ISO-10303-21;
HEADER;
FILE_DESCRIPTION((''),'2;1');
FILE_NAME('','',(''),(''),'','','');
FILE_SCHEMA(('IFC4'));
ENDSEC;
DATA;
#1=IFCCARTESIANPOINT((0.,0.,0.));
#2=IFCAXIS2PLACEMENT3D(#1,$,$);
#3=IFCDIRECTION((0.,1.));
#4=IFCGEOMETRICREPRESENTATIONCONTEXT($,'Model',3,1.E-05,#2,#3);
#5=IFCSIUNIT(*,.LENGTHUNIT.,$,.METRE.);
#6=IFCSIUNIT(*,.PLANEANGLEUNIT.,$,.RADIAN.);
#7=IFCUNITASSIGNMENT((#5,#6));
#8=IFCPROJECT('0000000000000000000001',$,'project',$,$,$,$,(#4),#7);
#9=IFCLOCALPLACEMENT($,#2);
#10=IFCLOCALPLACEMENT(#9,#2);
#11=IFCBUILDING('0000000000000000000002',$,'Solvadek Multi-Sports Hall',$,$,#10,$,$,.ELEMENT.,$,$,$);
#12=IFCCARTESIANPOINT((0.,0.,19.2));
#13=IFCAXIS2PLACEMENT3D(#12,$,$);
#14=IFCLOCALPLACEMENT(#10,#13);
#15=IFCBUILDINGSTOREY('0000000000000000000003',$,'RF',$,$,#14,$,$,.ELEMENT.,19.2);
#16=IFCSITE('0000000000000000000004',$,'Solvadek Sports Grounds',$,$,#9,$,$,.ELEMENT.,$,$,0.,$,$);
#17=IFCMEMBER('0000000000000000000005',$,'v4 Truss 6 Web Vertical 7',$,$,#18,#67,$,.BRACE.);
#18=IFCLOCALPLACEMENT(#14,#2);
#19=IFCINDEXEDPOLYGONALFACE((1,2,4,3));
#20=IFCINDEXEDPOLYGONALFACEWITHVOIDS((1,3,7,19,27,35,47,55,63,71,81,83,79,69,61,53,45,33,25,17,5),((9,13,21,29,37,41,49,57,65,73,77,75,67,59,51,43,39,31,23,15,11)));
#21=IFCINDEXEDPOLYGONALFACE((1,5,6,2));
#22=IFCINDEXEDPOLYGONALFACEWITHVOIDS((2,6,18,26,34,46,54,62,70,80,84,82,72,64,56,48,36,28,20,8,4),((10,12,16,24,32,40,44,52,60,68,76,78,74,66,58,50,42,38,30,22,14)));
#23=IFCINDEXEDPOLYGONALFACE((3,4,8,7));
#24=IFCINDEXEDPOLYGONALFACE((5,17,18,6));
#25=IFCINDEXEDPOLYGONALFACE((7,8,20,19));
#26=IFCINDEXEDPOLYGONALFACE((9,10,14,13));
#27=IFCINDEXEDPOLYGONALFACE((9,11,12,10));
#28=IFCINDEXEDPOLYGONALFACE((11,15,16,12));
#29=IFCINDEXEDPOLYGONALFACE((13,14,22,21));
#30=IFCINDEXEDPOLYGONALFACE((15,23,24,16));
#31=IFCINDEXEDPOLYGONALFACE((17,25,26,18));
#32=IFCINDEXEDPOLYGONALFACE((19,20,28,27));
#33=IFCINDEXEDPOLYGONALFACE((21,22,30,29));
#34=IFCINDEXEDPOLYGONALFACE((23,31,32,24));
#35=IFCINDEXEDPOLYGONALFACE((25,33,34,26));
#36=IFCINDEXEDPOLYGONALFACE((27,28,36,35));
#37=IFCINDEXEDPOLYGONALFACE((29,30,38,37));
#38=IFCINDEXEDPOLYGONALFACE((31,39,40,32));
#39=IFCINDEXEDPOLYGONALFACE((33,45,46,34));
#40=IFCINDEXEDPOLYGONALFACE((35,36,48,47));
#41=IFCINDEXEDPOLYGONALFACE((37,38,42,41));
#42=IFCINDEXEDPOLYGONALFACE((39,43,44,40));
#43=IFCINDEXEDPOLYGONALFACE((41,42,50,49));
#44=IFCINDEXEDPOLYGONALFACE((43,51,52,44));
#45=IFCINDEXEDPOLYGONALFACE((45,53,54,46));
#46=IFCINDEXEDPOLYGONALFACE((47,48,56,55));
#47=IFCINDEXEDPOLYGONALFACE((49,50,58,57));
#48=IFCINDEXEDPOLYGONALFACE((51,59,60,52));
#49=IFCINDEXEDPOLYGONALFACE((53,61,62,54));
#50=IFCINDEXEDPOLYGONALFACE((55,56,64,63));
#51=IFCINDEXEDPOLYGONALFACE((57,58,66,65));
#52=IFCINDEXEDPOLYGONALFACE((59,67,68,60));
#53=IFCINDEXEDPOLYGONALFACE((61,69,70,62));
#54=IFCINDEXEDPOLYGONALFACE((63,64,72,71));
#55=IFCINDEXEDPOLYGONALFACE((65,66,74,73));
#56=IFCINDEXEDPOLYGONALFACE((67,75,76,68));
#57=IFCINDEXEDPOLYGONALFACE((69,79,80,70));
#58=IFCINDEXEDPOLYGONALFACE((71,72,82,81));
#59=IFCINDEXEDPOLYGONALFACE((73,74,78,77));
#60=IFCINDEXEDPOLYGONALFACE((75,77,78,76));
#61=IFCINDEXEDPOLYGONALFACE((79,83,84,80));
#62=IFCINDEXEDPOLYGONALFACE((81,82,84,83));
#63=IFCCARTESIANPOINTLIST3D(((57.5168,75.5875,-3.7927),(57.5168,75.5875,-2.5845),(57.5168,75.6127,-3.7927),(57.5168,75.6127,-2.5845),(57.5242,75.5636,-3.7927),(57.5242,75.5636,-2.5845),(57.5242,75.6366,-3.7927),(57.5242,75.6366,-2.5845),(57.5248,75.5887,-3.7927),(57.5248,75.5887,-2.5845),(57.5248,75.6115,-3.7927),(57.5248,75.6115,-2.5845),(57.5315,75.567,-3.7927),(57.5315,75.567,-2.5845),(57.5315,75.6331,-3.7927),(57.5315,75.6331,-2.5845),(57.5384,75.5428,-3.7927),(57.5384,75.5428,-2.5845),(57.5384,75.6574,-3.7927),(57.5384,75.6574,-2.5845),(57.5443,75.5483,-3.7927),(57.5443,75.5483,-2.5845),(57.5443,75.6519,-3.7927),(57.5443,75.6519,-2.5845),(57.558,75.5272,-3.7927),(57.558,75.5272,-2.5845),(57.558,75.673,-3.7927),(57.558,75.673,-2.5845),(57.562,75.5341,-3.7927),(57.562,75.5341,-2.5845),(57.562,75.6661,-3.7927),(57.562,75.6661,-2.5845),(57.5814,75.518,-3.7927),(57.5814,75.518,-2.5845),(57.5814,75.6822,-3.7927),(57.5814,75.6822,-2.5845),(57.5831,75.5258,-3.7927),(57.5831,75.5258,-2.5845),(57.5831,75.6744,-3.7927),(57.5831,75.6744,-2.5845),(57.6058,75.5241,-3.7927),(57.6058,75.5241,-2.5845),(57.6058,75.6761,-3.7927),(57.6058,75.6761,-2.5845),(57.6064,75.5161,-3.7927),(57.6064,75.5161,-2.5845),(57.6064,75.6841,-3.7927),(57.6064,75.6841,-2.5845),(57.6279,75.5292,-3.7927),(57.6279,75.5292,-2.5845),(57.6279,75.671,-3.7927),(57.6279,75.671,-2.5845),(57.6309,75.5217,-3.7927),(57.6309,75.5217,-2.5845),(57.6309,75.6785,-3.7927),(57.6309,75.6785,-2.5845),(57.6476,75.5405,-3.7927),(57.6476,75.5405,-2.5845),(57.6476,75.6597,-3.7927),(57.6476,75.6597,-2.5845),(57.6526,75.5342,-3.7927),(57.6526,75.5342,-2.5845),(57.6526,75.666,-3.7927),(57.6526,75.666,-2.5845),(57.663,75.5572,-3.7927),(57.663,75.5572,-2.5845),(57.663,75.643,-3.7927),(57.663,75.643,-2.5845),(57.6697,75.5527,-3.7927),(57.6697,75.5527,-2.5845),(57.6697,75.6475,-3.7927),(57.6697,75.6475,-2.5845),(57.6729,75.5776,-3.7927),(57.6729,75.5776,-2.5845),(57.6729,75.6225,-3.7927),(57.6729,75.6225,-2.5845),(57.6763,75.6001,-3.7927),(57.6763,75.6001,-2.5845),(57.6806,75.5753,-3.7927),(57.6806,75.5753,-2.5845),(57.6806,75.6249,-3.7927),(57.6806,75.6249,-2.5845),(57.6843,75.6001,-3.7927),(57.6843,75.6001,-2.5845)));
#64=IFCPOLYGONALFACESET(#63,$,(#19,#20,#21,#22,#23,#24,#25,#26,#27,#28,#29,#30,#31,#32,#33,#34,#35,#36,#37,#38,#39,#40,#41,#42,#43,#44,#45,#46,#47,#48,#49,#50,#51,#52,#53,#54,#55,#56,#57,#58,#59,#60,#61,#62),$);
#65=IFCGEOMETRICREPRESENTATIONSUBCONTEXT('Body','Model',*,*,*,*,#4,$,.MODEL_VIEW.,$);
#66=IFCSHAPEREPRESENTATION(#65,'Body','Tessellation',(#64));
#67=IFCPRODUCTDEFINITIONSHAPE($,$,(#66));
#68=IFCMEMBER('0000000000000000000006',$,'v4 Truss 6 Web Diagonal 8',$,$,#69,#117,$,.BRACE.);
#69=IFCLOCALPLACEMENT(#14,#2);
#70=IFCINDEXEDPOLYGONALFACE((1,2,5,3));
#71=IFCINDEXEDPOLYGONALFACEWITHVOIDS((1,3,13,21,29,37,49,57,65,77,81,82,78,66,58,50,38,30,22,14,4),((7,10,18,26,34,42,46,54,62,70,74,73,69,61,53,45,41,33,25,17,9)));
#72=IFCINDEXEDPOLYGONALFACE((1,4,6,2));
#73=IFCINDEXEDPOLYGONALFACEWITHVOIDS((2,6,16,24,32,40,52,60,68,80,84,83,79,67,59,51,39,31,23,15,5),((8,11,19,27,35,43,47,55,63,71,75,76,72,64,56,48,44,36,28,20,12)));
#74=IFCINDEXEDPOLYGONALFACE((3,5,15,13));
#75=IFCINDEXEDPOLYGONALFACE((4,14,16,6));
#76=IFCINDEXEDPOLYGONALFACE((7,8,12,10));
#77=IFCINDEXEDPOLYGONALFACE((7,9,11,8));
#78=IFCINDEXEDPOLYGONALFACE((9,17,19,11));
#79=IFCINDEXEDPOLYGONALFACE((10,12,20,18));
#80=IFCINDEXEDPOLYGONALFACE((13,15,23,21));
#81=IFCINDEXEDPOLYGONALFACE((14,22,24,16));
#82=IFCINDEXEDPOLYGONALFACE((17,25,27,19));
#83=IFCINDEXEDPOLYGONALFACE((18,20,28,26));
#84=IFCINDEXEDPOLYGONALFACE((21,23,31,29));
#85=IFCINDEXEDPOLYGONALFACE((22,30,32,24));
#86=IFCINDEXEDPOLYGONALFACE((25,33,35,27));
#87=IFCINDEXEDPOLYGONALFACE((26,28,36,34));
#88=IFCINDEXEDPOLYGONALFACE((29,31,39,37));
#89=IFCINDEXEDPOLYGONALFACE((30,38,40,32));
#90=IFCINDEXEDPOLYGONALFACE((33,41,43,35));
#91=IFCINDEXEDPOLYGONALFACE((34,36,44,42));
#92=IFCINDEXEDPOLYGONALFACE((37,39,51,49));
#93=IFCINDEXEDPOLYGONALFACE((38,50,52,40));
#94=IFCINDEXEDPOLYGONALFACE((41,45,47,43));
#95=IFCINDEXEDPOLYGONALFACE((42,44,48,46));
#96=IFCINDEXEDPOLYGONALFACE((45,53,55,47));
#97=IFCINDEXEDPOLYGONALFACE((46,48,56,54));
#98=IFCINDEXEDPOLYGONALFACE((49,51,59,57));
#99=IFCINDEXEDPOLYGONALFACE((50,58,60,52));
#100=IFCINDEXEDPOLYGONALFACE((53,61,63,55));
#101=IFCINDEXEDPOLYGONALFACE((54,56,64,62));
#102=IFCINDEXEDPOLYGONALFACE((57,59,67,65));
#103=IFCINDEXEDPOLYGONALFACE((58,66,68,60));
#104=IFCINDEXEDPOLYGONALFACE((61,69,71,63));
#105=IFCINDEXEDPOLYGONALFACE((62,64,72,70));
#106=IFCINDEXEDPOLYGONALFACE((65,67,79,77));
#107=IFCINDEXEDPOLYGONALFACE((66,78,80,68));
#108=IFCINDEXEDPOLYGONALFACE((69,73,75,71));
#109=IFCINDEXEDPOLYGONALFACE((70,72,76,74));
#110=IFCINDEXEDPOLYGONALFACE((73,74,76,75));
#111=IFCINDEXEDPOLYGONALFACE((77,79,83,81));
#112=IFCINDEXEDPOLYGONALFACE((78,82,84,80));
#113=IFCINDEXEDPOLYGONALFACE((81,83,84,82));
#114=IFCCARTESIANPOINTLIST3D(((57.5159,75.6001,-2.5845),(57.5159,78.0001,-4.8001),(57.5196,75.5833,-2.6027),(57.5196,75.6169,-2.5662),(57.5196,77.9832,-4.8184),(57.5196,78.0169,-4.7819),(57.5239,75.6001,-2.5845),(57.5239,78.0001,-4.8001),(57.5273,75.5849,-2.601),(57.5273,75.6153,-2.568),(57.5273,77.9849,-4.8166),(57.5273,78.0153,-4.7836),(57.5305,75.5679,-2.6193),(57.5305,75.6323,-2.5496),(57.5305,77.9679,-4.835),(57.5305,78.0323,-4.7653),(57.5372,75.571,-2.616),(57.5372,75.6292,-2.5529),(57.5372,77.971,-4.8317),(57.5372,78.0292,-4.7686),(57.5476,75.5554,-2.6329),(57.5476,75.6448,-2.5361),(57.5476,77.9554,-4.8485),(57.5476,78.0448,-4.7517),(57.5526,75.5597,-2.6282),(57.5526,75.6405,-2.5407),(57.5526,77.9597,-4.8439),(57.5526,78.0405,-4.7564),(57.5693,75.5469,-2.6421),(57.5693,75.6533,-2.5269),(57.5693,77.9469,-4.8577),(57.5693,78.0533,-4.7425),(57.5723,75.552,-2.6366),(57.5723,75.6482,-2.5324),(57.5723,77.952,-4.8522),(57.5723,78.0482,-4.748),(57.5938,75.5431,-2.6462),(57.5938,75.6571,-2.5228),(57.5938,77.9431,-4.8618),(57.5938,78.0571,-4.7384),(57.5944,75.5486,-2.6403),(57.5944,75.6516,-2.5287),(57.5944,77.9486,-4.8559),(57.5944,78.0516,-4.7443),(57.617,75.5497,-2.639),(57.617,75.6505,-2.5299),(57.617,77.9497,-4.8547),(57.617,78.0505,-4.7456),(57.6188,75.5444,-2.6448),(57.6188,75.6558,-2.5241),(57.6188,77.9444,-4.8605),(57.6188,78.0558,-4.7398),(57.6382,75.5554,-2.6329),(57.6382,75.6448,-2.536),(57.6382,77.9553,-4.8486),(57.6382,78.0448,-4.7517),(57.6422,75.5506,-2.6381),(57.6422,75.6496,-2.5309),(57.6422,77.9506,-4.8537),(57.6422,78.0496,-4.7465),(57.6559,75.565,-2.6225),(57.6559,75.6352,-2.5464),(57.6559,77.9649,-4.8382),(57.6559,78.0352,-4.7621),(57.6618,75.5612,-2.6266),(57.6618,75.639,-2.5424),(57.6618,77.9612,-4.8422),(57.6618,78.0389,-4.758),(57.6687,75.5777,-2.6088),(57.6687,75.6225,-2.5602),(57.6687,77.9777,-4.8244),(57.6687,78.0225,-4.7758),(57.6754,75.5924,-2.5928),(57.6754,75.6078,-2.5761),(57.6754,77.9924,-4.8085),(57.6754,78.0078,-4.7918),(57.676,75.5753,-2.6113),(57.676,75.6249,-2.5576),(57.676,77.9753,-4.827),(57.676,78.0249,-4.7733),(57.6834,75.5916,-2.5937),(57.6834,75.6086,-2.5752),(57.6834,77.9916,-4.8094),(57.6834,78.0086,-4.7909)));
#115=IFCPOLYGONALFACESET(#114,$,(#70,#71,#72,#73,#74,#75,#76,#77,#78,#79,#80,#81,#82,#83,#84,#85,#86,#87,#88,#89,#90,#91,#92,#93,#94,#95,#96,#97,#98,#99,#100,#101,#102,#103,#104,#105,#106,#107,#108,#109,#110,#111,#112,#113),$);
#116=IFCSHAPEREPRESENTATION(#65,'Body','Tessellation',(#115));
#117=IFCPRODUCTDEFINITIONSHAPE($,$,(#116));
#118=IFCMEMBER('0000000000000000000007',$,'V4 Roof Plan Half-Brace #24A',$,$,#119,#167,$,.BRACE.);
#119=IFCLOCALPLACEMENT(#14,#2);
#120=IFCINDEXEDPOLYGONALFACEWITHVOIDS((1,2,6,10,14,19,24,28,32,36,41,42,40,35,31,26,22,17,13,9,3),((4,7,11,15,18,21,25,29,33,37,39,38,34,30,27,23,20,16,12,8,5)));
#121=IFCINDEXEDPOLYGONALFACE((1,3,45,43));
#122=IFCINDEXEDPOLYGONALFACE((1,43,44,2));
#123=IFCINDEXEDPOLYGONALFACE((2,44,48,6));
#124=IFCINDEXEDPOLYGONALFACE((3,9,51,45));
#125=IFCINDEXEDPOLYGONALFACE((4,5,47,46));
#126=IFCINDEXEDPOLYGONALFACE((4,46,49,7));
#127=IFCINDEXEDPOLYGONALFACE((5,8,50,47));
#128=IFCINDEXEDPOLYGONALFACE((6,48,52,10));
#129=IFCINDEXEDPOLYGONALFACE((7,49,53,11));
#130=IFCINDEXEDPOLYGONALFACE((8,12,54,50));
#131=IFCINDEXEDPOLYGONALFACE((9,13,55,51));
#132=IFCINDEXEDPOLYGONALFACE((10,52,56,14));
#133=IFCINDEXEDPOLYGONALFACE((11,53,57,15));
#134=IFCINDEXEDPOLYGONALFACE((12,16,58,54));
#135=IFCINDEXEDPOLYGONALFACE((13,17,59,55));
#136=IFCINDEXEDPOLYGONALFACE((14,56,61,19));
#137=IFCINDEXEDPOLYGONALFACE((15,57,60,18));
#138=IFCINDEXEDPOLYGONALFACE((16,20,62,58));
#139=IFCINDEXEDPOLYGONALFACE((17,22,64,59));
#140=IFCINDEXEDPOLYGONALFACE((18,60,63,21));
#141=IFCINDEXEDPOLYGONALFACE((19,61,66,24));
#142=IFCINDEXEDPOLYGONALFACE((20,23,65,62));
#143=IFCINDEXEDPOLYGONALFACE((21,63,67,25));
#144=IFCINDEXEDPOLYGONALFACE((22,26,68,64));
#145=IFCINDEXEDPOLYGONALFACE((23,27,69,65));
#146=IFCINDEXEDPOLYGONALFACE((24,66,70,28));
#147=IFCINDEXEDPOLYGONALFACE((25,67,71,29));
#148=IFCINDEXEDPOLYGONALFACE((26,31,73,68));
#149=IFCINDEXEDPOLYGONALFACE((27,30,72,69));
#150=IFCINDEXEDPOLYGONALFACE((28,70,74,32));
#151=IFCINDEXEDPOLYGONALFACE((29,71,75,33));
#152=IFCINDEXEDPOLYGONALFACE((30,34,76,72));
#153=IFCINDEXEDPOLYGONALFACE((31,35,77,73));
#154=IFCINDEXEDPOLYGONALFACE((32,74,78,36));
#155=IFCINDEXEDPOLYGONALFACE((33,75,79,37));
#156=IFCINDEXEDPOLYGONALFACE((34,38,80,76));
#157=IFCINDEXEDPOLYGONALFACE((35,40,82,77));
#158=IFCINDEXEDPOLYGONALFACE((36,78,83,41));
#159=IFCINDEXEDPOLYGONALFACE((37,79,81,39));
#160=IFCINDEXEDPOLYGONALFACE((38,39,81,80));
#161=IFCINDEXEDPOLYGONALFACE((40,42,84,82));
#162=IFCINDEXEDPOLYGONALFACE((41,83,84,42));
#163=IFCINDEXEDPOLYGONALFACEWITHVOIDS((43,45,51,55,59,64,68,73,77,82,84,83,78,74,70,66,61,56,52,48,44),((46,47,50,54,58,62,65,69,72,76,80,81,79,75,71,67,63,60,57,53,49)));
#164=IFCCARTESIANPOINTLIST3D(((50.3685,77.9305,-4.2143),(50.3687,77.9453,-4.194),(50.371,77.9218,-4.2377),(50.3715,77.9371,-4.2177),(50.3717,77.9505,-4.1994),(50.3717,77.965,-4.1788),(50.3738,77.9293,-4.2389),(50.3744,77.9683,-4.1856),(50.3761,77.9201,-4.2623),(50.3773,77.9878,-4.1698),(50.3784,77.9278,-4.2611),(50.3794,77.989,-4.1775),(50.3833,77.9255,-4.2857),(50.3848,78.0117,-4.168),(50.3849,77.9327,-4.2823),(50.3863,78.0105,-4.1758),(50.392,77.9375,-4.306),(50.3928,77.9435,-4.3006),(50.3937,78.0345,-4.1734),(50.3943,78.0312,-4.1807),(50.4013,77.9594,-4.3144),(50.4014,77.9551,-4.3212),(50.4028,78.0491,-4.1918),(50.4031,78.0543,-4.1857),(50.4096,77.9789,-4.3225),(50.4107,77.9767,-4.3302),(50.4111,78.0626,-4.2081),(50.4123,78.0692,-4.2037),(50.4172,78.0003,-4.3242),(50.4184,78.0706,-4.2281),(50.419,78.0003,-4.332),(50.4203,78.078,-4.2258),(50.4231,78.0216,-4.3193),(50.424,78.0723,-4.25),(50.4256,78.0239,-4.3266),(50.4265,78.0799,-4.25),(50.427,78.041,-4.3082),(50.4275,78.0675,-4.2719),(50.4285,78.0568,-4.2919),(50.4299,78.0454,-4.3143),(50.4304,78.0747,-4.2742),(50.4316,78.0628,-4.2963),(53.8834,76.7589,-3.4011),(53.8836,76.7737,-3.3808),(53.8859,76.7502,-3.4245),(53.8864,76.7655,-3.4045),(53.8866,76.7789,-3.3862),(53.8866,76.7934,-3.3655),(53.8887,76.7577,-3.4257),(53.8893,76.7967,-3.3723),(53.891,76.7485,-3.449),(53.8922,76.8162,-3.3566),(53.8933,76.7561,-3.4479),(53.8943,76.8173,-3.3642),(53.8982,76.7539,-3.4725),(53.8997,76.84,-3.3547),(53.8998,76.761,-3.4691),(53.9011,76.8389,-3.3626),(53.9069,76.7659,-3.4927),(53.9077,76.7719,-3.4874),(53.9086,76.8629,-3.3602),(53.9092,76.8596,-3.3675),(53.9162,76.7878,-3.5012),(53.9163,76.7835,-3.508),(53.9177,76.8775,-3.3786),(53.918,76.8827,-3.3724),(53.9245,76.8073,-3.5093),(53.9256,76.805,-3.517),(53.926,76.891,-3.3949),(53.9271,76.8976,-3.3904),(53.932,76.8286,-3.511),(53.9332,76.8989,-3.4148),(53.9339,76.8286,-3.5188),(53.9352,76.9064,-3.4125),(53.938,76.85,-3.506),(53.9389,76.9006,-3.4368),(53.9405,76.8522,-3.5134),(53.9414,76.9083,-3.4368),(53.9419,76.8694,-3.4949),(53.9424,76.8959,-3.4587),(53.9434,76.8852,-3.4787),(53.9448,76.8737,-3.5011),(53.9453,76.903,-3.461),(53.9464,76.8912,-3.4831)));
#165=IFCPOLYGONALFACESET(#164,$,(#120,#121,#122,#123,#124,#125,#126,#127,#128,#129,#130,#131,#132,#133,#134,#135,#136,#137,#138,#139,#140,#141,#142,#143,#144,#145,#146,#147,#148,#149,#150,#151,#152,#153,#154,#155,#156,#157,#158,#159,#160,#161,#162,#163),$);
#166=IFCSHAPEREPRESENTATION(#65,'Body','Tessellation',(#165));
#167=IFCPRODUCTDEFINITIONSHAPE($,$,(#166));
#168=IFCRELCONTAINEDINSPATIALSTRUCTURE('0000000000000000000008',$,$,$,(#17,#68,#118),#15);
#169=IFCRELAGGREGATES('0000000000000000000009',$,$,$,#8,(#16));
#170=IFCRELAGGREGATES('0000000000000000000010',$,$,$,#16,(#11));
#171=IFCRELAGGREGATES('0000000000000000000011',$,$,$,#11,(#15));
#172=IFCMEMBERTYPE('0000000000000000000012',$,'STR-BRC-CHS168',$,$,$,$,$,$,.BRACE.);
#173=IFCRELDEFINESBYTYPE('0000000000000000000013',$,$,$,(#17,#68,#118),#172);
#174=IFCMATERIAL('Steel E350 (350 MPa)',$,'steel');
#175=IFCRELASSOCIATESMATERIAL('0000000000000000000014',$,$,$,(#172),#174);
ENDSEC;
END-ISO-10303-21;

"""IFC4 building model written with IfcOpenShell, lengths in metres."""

from ifc_helpers import new_model, si_unit, direction, frame, origin, origin_2d, place, context, subcontext, project, spatial, hollow_circle, extrude, material, material_profile, profile_set, type_object, element, save


model = new_model("IFC4")

# Units and contexts
model_context = context("Model", 3, precision=1e-05, world=origin(), true_north=direction((0.0, 1.0)))
body_context = subcontext(model_context, "Body", "Model", "MODEL_VIEW")
ifc_project = project(units=[si_unit("LENGTHUNIT", "METRE"), si_unit("PLANEANGLEUNIT", "RADIAN")], contexts=[model_context])

# Site, building, storey
site_placement = place(None, origin())
site = spatial("IfcSite", under=ifc_project, at=site_placement, Name="Solvadek Sports Grounds", CompositionType="ELEMENT", RefElevation=0.0)
building_placement = place(site_placement, origin())
building = spatial("IfcBuilding", under=site, at=building_placement, Name="Solvadek Multi-Sports Hall", CompositionType="ELEMENT")
storey_placement = place(building_placement, frame((0.0, 0.0, 19.2)))
storey = spatial("IfcBuildingStorey", under=building, at=storey_placement, Name="RF", CompositionType="ELEMENT", Elevation=19.2)

# Shared definitions
ifc_material_1 = material(Name="Steel E350 (350 MPa)", Category="steel")

# Members
ifc_material_profile_1 = material_profile(ifc_material_1, hollow_circle(Radius=0.0842, WallThickness=0.0081, at=origin_2d()), Name="CHS 168.3x8")
ifc_profile_set_1 = profile_set([ifc_material_profile_1], Name="Steel E350 (350 MPa)")
member_type_1 = type_object("IfcMemberType", Name="STR-BRC-CHS168", PredefinedType="BRACE", material=ifc_profile_set_1)
member_1_placement = place(storey_placement, frame((57.6001, 75.6001, -3.7927), z_axis=(0.0, 0.0, 1.0), x_axis=(1.0, 0.0, 0.0)))
element("IfcMember", 1, at=member_1_placement, inside=storey, type_object=member_type_1, Name="v4 Truss 6 Web Vertical 7", PredefinedType="BRACE", context=body_context, shape_type="SweptSolid", body=[
    extrude(hollow_circle(Radius=0.0842, WallThickness=0.0081, at=origin_2d()), origin(), (0.0, 0.0, 1.0), 1.2083),
])
member_2_placement = place(storey_placement, frame((57.6001, 75.6001, -2.5845), z_axis=(0.0, 0.73476, -0.678327), x_axis=(-1.0, 0.0, 0.0)))
element("IfcMember", 2, at=member_2_placement, inside=storey, type_object=member_type_1, Name="v4 Truss 6 Web Diagonal 8", PredefinedType="BRACE", context=body_context, shape_type="SweptSolid", body=[
    extrude(hollow_circle(Radius=0.0842, WallThickness=0.0081, at=origin_2d()), origin(), (0.0, 0.0, 1.0), 3.2664),
])
for number, where, z_axis, x_axis, name in (
    (3, (50.3999, 78.0, -4.25), (0.926624, -0.308875, 0.214391), (0.316228, 0.948683, 0.0), "V4 Roof Plan Half-Brace #24A"),
):
    element("IfcMember", number, at=place(storey_placement, frame(where, z_axis=z_axis, x_axis=x_axis)), inside=storey, type_object=member_type_1, Name=name, PredefinedType="BRACE", context=body_context, shape_type="SweptSolid", body=[
        extrude(hollow_circle(Radius=0.0842, WallThickness=0.0081, at=origin_2d()), origin(), (0.0, 0.0, 1.0), 3.7932),
    ])

save(model, "model.ifc")
